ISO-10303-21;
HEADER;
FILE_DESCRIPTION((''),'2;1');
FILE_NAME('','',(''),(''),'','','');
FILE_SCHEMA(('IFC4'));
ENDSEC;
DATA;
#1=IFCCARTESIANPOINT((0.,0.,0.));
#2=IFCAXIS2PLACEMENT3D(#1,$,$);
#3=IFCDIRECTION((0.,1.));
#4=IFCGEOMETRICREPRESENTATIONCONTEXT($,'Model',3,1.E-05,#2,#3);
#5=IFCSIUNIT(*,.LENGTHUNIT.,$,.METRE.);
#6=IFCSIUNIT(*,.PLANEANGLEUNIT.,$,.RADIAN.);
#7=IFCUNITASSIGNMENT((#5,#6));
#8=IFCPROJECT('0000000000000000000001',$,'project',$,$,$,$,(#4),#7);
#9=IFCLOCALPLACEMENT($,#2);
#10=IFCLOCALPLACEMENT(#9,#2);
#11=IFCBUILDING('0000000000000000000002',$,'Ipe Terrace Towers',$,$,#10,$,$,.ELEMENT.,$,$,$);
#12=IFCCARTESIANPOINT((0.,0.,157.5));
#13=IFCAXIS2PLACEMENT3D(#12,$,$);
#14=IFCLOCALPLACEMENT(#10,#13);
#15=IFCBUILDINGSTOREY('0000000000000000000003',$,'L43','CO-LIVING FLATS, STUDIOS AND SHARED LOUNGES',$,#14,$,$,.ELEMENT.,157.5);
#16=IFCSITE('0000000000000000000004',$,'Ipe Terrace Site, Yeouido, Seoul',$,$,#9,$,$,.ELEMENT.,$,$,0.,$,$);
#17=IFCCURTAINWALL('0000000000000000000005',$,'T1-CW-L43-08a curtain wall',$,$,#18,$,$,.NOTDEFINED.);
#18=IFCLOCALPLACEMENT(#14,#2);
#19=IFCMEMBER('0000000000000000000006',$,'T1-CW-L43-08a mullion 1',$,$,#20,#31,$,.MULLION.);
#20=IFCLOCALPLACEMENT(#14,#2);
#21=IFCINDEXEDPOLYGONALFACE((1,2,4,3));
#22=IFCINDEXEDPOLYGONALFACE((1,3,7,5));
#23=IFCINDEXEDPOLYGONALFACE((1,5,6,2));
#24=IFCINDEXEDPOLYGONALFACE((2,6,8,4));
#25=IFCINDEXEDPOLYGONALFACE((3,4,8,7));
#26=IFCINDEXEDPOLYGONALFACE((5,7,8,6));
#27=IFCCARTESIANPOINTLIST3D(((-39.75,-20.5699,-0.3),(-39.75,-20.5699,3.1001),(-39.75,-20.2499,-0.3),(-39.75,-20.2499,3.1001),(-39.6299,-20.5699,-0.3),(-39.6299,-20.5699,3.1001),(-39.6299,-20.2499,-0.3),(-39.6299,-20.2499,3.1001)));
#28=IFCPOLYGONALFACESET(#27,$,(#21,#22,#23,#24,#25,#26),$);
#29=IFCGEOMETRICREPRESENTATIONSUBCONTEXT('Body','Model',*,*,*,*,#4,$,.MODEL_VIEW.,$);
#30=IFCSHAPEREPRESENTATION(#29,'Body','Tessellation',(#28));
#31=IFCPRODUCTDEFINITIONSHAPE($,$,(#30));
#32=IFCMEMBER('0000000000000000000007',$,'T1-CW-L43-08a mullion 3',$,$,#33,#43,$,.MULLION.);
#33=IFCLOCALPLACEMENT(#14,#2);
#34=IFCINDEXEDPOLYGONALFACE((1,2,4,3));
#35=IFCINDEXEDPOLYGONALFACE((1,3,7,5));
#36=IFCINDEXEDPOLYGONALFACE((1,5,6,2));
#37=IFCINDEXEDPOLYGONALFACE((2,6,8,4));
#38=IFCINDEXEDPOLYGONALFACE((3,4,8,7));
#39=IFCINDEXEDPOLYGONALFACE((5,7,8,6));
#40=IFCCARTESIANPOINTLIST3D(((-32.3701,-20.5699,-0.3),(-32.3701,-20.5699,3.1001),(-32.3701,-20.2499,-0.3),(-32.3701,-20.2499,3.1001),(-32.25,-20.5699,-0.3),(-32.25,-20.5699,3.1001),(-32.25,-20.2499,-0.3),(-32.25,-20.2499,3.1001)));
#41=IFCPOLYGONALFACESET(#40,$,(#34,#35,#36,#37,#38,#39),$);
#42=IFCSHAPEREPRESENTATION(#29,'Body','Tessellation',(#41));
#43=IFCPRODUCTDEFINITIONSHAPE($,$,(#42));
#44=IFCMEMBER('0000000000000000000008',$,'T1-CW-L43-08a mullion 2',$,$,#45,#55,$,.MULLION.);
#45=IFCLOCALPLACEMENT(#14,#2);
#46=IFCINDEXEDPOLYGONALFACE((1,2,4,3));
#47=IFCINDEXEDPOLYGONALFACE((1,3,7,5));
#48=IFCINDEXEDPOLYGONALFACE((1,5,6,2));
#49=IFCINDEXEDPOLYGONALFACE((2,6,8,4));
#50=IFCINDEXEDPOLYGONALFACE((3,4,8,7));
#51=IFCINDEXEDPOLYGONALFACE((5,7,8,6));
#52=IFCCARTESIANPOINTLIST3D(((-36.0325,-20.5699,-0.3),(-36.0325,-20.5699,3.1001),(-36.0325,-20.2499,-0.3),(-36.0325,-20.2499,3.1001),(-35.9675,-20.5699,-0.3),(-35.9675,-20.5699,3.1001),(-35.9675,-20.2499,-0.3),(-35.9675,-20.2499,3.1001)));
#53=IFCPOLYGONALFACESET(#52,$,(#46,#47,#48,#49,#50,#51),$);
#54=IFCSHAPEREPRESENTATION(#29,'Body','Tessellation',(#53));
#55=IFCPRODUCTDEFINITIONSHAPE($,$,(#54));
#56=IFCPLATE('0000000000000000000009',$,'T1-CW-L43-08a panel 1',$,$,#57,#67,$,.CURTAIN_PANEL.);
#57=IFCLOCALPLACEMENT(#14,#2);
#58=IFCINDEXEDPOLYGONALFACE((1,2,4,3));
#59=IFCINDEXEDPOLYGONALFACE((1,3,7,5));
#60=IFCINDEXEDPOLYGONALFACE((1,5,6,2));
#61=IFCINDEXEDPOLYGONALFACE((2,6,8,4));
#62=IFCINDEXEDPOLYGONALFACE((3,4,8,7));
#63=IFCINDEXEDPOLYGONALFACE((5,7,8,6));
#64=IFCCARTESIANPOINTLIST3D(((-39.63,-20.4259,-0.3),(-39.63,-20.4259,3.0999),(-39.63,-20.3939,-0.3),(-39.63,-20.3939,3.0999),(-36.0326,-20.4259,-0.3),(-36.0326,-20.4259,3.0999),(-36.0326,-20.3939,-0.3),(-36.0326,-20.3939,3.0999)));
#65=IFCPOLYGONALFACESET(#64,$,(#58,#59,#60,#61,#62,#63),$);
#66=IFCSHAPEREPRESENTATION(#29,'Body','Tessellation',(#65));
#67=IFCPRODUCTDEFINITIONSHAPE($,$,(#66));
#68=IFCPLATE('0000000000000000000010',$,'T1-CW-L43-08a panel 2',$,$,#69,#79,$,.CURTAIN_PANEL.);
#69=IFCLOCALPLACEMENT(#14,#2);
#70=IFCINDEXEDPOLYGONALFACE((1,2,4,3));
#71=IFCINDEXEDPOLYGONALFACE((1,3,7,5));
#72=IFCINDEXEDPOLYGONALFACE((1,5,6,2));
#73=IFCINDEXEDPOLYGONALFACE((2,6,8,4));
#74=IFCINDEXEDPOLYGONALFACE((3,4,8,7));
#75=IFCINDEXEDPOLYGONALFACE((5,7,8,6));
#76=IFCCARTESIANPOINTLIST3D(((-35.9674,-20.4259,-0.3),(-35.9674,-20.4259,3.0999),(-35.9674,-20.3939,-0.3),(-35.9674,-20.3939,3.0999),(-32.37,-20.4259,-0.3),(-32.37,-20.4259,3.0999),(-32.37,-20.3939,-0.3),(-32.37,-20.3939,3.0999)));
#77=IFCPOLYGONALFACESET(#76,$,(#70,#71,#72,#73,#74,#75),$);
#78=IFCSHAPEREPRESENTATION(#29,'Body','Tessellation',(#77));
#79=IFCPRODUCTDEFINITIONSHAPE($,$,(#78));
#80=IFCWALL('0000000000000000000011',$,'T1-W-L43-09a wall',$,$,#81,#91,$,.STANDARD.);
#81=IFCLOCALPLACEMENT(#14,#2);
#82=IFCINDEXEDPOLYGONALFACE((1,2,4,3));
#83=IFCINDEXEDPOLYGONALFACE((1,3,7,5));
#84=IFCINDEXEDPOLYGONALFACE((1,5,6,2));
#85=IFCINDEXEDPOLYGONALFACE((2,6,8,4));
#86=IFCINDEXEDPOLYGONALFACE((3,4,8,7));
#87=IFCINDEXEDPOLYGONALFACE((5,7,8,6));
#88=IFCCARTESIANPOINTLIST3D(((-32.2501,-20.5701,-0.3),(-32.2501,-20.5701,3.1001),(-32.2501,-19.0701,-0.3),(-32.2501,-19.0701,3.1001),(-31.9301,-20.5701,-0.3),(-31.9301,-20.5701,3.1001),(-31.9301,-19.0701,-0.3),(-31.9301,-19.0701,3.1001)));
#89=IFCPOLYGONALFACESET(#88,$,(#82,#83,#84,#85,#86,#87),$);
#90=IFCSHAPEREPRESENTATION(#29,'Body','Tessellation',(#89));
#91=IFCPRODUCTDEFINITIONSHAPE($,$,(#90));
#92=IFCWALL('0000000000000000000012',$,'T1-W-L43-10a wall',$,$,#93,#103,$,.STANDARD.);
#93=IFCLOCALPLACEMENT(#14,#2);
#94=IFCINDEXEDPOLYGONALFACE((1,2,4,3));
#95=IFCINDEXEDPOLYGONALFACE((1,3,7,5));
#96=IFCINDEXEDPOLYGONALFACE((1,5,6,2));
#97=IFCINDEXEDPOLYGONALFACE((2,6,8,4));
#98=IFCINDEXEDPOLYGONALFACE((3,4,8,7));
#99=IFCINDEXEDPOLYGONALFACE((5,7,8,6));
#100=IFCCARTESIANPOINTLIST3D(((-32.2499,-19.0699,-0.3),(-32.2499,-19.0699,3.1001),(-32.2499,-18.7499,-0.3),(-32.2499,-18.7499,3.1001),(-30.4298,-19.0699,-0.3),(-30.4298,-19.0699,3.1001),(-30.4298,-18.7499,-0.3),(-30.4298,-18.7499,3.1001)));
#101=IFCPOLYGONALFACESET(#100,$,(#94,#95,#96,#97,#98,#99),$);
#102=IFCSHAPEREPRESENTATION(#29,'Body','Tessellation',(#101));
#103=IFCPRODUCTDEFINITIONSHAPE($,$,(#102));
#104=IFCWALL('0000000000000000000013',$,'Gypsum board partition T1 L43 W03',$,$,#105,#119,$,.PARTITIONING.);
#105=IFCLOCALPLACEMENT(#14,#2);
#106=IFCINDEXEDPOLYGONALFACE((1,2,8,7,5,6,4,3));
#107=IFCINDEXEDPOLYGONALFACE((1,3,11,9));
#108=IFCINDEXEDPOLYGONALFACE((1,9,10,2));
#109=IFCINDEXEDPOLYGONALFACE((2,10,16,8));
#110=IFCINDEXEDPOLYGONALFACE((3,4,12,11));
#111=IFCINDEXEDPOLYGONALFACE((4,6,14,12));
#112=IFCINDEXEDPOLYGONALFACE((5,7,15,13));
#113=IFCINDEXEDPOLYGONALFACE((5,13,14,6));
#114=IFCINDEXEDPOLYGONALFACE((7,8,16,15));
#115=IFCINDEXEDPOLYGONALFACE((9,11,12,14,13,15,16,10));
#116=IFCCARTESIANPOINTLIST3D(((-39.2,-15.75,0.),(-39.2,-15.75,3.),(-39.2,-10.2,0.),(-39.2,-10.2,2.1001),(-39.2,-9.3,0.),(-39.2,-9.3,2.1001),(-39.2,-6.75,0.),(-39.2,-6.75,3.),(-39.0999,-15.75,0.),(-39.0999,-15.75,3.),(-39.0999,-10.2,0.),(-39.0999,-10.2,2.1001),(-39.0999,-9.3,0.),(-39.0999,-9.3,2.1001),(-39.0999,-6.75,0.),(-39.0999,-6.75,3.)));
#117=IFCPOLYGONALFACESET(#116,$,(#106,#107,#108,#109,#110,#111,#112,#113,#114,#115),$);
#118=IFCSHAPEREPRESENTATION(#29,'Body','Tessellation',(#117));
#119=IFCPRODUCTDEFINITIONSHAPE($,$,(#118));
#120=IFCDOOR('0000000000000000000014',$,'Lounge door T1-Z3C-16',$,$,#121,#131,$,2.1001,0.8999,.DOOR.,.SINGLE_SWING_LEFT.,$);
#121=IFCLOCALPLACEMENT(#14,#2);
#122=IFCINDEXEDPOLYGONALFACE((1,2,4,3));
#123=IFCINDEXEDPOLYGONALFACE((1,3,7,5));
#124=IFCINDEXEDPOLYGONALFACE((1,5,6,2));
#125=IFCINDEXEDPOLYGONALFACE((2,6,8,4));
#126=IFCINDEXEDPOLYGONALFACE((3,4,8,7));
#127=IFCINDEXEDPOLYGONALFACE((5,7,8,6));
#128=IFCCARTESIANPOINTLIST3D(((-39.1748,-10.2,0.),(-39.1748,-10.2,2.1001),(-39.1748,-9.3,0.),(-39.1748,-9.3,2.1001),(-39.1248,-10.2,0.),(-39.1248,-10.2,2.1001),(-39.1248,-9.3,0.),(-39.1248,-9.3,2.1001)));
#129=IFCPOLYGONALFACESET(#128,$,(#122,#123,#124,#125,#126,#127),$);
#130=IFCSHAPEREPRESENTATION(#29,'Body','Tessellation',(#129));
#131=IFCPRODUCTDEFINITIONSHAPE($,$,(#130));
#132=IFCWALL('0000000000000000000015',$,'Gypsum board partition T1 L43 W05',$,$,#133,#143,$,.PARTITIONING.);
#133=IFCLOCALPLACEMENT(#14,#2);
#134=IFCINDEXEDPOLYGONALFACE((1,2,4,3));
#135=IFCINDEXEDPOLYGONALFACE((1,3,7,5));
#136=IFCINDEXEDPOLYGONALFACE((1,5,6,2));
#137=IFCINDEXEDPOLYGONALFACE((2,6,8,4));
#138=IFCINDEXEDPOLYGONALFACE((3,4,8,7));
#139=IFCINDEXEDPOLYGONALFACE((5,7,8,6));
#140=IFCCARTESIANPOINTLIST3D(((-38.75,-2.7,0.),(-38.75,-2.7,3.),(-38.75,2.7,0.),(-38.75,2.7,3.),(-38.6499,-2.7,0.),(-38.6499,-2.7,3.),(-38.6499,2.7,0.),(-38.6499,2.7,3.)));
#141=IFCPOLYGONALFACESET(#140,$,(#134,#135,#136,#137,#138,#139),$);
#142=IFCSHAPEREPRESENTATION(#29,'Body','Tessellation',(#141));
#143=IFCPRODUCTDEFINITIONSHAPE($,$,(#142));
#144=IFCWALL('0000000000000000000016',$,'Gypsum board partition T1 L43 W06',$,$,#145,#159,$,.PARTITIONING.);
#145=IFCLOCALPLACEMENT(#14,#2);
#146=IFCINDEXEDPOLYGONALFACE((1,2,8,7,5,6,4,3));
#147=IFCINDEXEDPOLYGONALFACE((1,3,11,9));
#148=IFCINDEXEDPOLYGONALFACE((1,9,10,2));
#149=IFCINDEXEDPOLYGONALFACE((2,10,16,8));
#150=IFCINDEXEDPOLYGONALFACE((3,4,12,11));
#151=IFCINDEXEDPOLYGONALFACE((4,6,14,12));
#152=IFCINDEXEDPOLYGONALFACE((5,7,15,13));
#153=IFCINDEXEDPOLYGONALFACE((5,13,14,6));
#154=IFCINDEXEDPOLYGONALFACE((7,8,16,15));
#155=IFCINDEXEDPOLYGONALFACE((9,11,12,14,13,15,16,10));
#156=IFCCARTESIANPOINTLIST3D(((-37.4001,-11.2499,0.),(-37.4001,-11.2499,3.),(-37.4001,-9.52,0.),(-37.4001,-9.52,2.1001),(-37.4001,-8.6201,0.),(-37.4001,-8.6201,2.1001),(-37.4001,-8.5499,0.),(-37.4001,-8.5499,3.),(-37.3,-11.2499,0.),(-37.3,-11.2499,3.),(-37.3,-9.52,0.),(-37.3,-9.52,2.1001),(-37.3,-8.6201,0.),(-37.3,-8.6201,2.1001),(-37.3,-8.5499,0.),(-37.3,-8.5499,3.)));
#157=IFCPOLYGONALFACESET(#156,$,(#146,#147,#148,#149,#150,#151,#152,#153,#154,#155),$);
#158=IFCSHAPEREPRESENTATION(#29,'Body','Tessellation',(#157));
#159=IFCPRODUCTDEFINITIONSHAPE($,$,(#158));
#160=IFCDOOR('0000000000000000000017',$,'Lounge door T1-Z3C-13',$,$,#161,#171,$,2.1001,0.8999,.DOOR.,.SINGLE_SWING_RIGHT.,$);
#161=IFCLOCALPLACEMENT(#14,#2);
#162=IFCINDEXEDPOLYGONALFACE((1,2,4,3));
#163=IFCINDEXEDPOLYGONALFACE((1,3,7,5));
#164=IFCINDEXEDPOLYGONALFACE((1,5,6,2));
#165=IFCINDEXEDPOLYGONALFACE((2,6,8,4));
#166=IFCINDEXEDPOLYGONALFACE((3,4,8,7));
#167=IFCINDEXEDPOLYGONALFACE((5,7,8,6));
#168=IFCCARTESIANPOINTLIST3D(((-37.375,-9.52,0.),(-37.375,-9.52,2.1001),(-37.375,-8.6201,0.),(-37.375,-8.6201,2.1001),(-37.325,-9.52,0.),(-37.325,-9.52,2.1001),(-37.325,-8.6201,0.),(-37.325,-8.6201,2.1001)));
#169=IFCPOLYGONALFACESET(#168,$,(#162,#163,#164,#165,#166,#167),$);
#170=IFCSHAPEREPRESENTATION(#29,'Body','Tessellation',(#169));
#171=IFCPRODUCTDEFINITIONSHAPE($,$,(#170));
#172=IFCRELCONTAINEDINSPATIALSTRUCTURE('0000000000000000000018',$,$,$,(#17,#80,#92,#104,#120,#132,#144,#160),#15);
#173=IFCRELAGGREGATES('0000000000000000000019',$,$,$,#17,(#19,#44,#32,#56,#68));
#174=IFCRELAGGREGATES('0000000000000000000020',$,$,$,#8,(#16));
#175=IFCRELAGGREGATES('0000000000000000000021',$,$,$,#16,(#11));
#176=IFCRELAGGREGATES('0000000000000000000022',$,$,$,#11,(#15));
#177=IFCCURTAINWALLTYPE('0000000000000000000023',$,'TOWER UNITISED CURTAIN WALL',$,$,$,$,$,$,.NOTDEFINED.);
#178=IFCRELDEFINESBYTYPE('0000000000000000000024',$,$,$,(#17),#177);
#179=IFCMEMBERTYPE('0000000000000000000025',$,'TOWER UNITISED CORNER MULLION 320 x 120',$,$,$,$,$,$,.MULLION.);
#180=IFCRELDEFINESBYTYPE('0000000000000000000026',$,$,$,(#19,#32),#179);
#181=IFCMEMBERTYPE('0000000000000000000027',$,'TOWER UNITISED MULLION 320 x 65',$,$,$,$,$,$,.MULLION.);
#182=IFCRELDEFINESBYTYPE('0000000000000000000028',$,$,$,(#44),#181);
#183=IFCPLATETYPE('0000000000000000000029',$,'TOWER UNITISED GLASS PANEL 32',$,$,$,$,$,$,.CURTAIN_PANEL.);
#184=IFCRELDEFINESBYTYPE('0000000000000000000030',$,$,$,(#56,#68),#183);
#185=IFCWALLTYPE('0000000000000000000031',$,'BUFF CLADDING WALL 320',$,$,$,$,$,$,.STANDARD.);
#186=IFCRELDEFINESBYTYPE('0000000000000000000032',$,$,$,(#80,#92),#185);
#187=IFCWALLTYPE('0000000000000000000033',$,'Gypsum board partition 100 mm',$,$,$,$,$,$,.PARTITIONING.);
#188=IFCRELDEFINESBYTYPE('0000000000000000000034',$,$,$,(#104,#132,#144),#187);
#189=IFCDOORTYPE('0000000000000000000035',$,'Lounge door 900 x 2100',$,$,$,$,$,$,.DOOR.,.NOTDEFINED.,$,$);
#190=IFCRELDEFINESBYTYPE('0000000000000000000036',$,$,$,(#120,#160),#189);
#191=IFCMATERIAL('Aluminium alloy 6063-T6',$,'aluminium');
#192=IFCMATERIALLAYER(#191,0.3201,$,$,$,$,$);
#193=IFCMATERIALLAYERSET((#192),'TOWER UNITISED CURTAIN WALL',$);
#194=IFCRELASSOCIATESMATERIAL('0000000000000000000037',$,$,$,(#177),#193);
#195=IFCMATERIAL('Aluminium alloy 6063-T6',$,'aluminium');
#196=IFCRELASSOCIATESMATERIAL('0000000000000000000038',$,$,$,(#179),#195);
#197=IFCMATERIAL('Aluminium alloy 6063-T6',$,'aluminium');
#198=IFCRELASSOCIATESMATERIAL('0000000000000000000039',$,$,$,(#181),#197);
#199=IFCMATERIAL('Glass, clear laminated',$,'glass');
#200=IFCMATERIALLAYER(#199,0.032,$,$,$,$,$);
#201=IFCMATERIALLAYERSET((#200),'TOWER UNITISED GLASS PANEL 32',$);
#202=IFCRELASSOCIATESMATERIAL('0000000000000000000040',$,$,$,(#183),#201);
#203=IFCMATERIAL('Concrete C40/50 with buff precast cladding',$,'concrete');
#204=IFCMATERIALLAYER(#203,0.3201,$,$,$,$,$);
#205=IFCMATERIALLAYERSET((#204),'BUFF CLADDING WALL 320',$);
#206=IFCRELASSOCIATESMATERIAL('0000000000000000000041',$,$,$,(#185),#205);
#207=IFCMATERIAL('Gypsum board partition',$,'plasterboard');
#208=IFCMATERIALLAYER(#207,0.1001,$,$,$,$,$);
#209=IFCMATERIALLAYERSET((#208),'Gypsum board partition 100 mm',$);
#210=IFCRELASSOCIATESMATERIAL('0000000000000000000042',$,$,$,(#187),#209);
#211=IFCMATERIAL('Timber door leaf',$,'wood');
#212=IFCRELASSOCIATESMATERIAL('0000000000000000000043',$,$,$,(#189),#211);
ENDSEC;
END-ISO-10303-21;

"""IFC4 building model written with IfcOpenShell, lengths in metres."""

from ifc_helpers import new_model, si_unit, direction, frame, frame_2d, origin, origin_2d, place, context, subcontext, project, spatial, rectangle, extrude, material, layer, layer_set, material_profile, profile_set, type_object, element, fill, aggregate, save


model = new_model("IFC4")

# Units and contexts
model_context = context("Model", 3, precision=1e-05, world=origin(), true_north=direction((0.0, 1.0)))
body_context = subcontext(model_context, "Body", "Model", "MODEL_VIEW")
ifc_project = project(units=[si_unit("LENGTHUNIT", "METRE"), si_unit("PLANEANGLEUNIT", "RADIAN")], contexts=[model_context])

# Site, building, storey
site_placement = place(None, origin())
site = spatial("IfcSite", under=ifc_project, at=site_placement, Name="Ipe Terrace Site, Yeouido, Seoul", CompositionType="ELEMENT", RefElevation=0.0)
building_placement = place(site_placement, origin())
building = spatial("IfcBuilding", under=site, at=building_placement, Name="Ipe Terrace Towers", CompositionType="ELEMENT")
storey_placement = place(building_placement, frame((0.0, 0.0, 157.5)))
storey = spatial("IfcBuildingStorey", under=building, at=storey_placement, Name="L43", Description="CO-LIVING FLATS, STUDIOS AND SHARED LOUNGES", CompositionType="ELEMENT", Elevation=157.5)

# Curtain wall, members, plates
ifc_material_1 = material(Name="Aluminium alloy 6063-T6", Category="aluminium")
ifc_layer_1 = layer(ifc_material_1, 0.3201)
ifc_layer_set_1 = layer_set([ifc_layer_1], Name="TOWER UNITISED CURTAIN WALL")
curtain_wall_type = type_object("IfcCurtainWallType", Name="TOWER UNITISED CURTAIN WALL", PredefinedType="NOTDEFINED", material=ifc_layer_set_1)
curtain_wall_placement = place(storey_placement, origin())
curtain_wall = element("IfcCurtainWall", 1, at=curtain_wall_placement, inside=storey, type_object=curtain_wall_type, Name="T1-CW-L43-08a curtain wall", PredefinedType="NOTDEFINED")
ifc_material_2 = material(Name="Aluminium alloy 6063-T6", Category="aluminium")
ifc_material_profile_1 = material_profile(ifc_material_2, rectangle(XDim=0.3201, YDim=0.1201, at=origin_2d()), Name="TOWER UNITISED CORNER MULLION 320 x 120")
ifc_profile_set_1 = profile_set([ifc_material_profile_1], Name="Aluminium alloy 6063-T6")
member_type_1 = type_object("IfcMemberType", Name="TOWER UNITISED CORNER MULLION 320 x 120", PredefinedType="MULLION", material=ifc_profile_set_1)
member_1_placement = place(storey_placement, frame((-39.6899, -20.4099, -0.3), z_axis=(0.0, 0.0, 1.0), x_axis=(0.0, -1.0, 0.0)))
member_1 = element("IfcMember", 2, at=member_1_placement, type_object=member_type_1, Name="T1-CW-L43-08a mullion 1", PredefinedType="MULLION", context=body_context, shape_type="SweptSolid", body=[
    extrude(rectangle(XDim=0.3201, YDim=0.1201, at=origin_2d()), origin(), (0.0, 0.0, 1.0), 3.4001),
])
member_2_placement = place(storey_placement, frame((-32.3101, -20.4099, -0.3), z_axis=(0.0, 0.0, 1.0), x_axis=(0.0, -1.0, 0.0)))
member_2 = element("IfcMember", 3, at=member_2_placement, type_object=member_type_1, Name="T1-CW-L43-08a mullion 3", PredefinedType="MULLION", context=body_context, shape_type="SweptSolid", body=[
    extrude(rectangle(XDim=0.3201, YDim=0.1201, at=origin_2d()), origin(), (0.0, 0.0, 1.0), 3.4001),
])
ifc_material_3 = material(Name="Aluminium alloy 6063-T6", Category="aluminium")
ifc_material_profile_2 = material_profile(ifc_material_3, rectangle(XDim=0.3201, YDim=0.0649, at=origin_2d()), Name="TOWER UNITISED MULLION 320 x 65")
ifc_profile_set_2 = profile_set([ifc_material_profile_2], Name="Aluminium alloy 6063-T6")
member_type_2 = type_object("IfcMemberType", Name="TOWER UNITISED MULLION 320 x 65", PredefinedType="MULLION", material=ifc_profile_set_2)
member_3_placement = place(storey_placement, frame((-36.0, -20.4099, -0.3), z_axis=(0.0, 0.0, 1.0), x_axis=(0.0, -1.0, 0.0)))
member_3 = element("IfcMember", 4, at=member_3_placement, type_object=member_type_2, Name="T1-CW-L43-08a mullion 2", PredefinedType="MULLION", context=body_context, shape_type="SweptSolid", body=[
    extrude(rectangle(XDim=0.3201, YDim=0.0649, at=origin_2d()), origin(), (0.0, 0.0, 1.0), 3.4001),
])
ifc_material_4 = material(Name="Glass, clear laminated", Category="glass")
ifc_layer_2 = layer(ifc_material_4, 0.032)
ifc_layer_set_2 = layer_set([ifc_layer_2], Name="TOWER UNITISED GLASS PANEL 32")
plate_type = type_object("IfcPlateType", Name="TOWER UNITISED GLASS PANEL 32", PredefinedType="CURTAIN_PANEL", material=ifc_layer_set_2)
plate_1_placement = place(storey_placement, frame((-37.8313, -20.4099, -0.3), z_axis=(0.0, 0.0, 1.0), x_axis=(1.0, 0.0, 0.0)))
plate_1 = element("IfcPlate", 5, at=plate_1_placement, type_object=plate_type, Name="T1-CW-L43-08a panel 1", PredefinedType="CURTAIN_PANEL", context=body_context, shape_type="SweptSolid", body=[
    extrude(rectangle(XDim=3.5974, YDim=0.032, at=origin_2d()), origin(), (0.0, 0.0, 1.0), 3.3999),
])
plate_2_placement = place(storey_placement, frame((-34.1687, -20.4099, -0.3), z_axis=(0.0, 0.0, 1.0), x_axis=(1.0, 0.0, 0.0)))
plate_2 = element("IfcPlate", 6, at=plate_2_placement, type_object=plate_type, Name="T1-CW-L43-08a panel 2", PredefinedType="CURTAIN_PANEL", context=body_context, shape_type="SweptSolid", body=[
    extrude(rectangle(XDim=3.5974, YDim=0.032, at=origin_2d()), origin(), (0.0, 0.0, 1.0), 3.3999),
])
aggregate(curtain_wall, [member_1, member_3, member_2, plate_1, plate_2])

# Walls
ifc_material_5 = material(Name="Concrete C40/50 with buff precast cladding", Category="concrete")
ifc_layer_3 = layer(ifc_material_5, 0.3201)
ifc_layer_set_3 = layer_set([ifc_layer_3], Name="BUFF CLADDING WALL 320")
wall_type_1 = type_object("IfcWallType", Name="BUFF CLADDING WALL 320", PredefinedType="STANDARD", material=ifc_layer_set_3)
wall_1_placement = place(storey_placement, frame((-32.0901, -20.5701, -0.3), z_axis=(0.0, 0.0, 1.0), x_axis=(0.0, 1.0, 0.0)))
element("IfcWall", 7, at=wall_1_placement, inside=storey, type_object=wall_type_1, Name="T1-W-L43-09a wall", PredefinedType="STANDARD", context=body_context, shape_type="SweptSolid", body=[
    extrude(rectangle(XDim=1.5, YDim=0.3201, at=frame_2d((0.75, 0.0))), origin(), (0.0, 0.0, 1.0), 3.4001),
])
wall_2_placement = place(storey_placement, frame((-32.25, -18.9099, -0.3), z_axis=(0.0, 0.0, 1.0), x_axis=(1.0, 0.0, 0.0)))
element("IfcWall", 8, at=wall_2_placement, inside=storey, type_object=wall_type_1, Name="T1-W-L43-10a wall", PredefinedType="STANDARD", context=body_context, shape_type="SweptSolid", body=[
    extrude(rectangle(XDim=1.8201, YDim=0.3201, at=frame_2d((0.9102, 0.0))), origin(), (0.0, 0.0, 1.0), 3.4001),
])

# Wall, opening, door
ifc_material_6 = material(Name="Gypsum board partition", Category="plasterboard")
ifc_layer_4 = layer(ifc_material_6, 0.1001)
ifc_layer_set_4 = layer_set([ifc_layer_4], Name="Gypsum board partition 100 mm")
wall_type_2 = type_object("IfcWallType", Name="Gypsum board partition 100 mm", PredefinedType="PARTITIONING", material=ifc_layer_set_4)
wall_3_placement = place(storey_placement, frame((-39.1499, -15.75, 0.0), z_axis=(0.0, 0.0, 1.0), x_axis=(0.0, 1.0, 0.0)))
wall_3 = element("IfcWall", 9, at=wall_3_placement, inside=storey, type_object=wall_type_2, Name="Gypsum board partition T1 L43 W03", PredefinedType="PARTITIONING", context=body_context, shape_type="SweptSolid", body=[
    extrude(rectangle(XDim=9.0, YDim=0.1001, at=frame_2d((4.5, 0.0))), origin(), (0.0, 0.0, 1.0), 3.0),
])
opening_1_placement = place(wall_3_placement, frame((5.55, 0.0, 0.0)))
opening_1 = element("IfcOpeningElement", 10, at=opening_1_placement, cuts=wall_3, PredefinedType="OPENING", context=body_context, shape_type="SweptSolid", body=[
    extrude(rectangle(XDim=0.8999, YDim=2.1001, at=frame_2d((0.45, 1.05))), frame((0.0, 0.0601, 0.0), z_axis=(0.0, -1.0, 0.0), x_axis=(1.0, 0.0, 0.0)), (0.0, 0.0, 1.0), 0.1201),
])
ifc_material_7 = material(Name="Timber door leaf", Category="wood")
door_type_1 = type_object("IfcDoorType", Name="Lounge door 900 x 2100", OperationType="NOTDEFINED", PredefinedType="DOOR", material=ifc_material_7)
door_1_placement = place(opening_1_placement, origin())
door_1 = element("IfcDoor", 11, at=door_1_placement, inside=storey, type_object=door_type_1, Name="Lounge door T1-Z3C-16", OperationType="SINGLE_SWING_LEFT", OverallHeight=2.1001, OverallWidth=0.8999, PredefinedType="DOOR", context=body_context, shape_type="SweptSolid", body=[
    extrude(rectangle(XDim=0.8999, YDim=2.1001, at=frame_2d((0.45, 1.05))), frame((0.0, 0.0249, 0.0), z_axis=(0.0, -1.0, 0.0), x_axis=(1.0, 0.0, 0.0)), (0.0, 0.0, 1.0), 0.05),
])
fill(opening_1, door_1)

# Wall
wall_4_placement = place(storey_placement, frame((-38.7, -2.7, 0.0), z_axis=(0.0, 0.0, 1.0), x_axis=(0.0, 1.0, 0.0)))
element("IfcWall", 12, at=wall_4_placement, inside=storey, type_object=wall_type_2, Name="Gypsum board partition T1 L43 W05", PredefinedType="PARTITIONING", context=body_context, shape_type="SweptSolid", body=[
    extrude(rectangle(XDim=5.3999, YDim=0.1001, at=frame_2d((2.7, 0.0))), origin(), (0.0, 0.0, 1.0), 3.0),
])

# Wall, opening, door
wall_5_placement = place(storey_placement, frame((-37.3501, -11.25, 0.0), z_axis=(0.0, 0.0, 1.0), x_axis=(0.0, 1.0, 0.0)))
wall_5 = element("IfcWall", 13, at=wall_5_placement, inside=storey, type_object=wall_type_2, Name="Gypsum board partition T1 L43 W06", PredefinedType="PARTITIONING", context=body_context, shape_type="SweptSolid", body=[
    extrude(rectangle(XDim=2.7, YDim=0.1001, at=frame_2d((1.3501, 0.0))), origin(), (0.0, 0.0, 1.0), 3.0),
])
opening_2_placement = place(wall_5_placement, frame((1.73, 0.0, 0.0)))
opening_2 = element("IfcOpeningElement", 14, at=opening_2_placement, cuts=wall_5, PredefinedType="OPENING", context=body_context, shape_type="SweptSolid", body=[
    extrude(rectangle(XDim=0.8999, YDim=2.1001, at=frame_2d((0.45, 1.05))), frame((0.0, 0.0601, 0.0), z_axis=(0.0, -1.0, 0.0), x_axis=(1.0, 0.0, 0.0)), (0.0, 0.0, 1.0), 0.1201),
])
door_2_placement = place(opening_2_placement, origin())
door_2 = element("IfcDoor", 15, at=door_2_placement, inside=storey, type_object=door_type_1, Name="Lounge door T1-Z3C-13", OperationType="SINGLE_SWING_RIGHT", OverallHeight=2.1001, OverallWidth=0.8999, PredefinedType="DOOR", context=body_context, shape_type="SweptSolid", body=[
    extrude(rectangle(XDim=0.8999, YDim=2.1001, at=frame_2d((0.45, 1.05))), frame((0.0, 0.0249, 0.0), z_axis=(0.0, -1.0, 0.0), x_axis=(1.0, 0.0, 0.0)), (0.0, 0.0, 1.0), 0.05),
])
fill(opening_2, door_2)

save(model, "model.ifc")
